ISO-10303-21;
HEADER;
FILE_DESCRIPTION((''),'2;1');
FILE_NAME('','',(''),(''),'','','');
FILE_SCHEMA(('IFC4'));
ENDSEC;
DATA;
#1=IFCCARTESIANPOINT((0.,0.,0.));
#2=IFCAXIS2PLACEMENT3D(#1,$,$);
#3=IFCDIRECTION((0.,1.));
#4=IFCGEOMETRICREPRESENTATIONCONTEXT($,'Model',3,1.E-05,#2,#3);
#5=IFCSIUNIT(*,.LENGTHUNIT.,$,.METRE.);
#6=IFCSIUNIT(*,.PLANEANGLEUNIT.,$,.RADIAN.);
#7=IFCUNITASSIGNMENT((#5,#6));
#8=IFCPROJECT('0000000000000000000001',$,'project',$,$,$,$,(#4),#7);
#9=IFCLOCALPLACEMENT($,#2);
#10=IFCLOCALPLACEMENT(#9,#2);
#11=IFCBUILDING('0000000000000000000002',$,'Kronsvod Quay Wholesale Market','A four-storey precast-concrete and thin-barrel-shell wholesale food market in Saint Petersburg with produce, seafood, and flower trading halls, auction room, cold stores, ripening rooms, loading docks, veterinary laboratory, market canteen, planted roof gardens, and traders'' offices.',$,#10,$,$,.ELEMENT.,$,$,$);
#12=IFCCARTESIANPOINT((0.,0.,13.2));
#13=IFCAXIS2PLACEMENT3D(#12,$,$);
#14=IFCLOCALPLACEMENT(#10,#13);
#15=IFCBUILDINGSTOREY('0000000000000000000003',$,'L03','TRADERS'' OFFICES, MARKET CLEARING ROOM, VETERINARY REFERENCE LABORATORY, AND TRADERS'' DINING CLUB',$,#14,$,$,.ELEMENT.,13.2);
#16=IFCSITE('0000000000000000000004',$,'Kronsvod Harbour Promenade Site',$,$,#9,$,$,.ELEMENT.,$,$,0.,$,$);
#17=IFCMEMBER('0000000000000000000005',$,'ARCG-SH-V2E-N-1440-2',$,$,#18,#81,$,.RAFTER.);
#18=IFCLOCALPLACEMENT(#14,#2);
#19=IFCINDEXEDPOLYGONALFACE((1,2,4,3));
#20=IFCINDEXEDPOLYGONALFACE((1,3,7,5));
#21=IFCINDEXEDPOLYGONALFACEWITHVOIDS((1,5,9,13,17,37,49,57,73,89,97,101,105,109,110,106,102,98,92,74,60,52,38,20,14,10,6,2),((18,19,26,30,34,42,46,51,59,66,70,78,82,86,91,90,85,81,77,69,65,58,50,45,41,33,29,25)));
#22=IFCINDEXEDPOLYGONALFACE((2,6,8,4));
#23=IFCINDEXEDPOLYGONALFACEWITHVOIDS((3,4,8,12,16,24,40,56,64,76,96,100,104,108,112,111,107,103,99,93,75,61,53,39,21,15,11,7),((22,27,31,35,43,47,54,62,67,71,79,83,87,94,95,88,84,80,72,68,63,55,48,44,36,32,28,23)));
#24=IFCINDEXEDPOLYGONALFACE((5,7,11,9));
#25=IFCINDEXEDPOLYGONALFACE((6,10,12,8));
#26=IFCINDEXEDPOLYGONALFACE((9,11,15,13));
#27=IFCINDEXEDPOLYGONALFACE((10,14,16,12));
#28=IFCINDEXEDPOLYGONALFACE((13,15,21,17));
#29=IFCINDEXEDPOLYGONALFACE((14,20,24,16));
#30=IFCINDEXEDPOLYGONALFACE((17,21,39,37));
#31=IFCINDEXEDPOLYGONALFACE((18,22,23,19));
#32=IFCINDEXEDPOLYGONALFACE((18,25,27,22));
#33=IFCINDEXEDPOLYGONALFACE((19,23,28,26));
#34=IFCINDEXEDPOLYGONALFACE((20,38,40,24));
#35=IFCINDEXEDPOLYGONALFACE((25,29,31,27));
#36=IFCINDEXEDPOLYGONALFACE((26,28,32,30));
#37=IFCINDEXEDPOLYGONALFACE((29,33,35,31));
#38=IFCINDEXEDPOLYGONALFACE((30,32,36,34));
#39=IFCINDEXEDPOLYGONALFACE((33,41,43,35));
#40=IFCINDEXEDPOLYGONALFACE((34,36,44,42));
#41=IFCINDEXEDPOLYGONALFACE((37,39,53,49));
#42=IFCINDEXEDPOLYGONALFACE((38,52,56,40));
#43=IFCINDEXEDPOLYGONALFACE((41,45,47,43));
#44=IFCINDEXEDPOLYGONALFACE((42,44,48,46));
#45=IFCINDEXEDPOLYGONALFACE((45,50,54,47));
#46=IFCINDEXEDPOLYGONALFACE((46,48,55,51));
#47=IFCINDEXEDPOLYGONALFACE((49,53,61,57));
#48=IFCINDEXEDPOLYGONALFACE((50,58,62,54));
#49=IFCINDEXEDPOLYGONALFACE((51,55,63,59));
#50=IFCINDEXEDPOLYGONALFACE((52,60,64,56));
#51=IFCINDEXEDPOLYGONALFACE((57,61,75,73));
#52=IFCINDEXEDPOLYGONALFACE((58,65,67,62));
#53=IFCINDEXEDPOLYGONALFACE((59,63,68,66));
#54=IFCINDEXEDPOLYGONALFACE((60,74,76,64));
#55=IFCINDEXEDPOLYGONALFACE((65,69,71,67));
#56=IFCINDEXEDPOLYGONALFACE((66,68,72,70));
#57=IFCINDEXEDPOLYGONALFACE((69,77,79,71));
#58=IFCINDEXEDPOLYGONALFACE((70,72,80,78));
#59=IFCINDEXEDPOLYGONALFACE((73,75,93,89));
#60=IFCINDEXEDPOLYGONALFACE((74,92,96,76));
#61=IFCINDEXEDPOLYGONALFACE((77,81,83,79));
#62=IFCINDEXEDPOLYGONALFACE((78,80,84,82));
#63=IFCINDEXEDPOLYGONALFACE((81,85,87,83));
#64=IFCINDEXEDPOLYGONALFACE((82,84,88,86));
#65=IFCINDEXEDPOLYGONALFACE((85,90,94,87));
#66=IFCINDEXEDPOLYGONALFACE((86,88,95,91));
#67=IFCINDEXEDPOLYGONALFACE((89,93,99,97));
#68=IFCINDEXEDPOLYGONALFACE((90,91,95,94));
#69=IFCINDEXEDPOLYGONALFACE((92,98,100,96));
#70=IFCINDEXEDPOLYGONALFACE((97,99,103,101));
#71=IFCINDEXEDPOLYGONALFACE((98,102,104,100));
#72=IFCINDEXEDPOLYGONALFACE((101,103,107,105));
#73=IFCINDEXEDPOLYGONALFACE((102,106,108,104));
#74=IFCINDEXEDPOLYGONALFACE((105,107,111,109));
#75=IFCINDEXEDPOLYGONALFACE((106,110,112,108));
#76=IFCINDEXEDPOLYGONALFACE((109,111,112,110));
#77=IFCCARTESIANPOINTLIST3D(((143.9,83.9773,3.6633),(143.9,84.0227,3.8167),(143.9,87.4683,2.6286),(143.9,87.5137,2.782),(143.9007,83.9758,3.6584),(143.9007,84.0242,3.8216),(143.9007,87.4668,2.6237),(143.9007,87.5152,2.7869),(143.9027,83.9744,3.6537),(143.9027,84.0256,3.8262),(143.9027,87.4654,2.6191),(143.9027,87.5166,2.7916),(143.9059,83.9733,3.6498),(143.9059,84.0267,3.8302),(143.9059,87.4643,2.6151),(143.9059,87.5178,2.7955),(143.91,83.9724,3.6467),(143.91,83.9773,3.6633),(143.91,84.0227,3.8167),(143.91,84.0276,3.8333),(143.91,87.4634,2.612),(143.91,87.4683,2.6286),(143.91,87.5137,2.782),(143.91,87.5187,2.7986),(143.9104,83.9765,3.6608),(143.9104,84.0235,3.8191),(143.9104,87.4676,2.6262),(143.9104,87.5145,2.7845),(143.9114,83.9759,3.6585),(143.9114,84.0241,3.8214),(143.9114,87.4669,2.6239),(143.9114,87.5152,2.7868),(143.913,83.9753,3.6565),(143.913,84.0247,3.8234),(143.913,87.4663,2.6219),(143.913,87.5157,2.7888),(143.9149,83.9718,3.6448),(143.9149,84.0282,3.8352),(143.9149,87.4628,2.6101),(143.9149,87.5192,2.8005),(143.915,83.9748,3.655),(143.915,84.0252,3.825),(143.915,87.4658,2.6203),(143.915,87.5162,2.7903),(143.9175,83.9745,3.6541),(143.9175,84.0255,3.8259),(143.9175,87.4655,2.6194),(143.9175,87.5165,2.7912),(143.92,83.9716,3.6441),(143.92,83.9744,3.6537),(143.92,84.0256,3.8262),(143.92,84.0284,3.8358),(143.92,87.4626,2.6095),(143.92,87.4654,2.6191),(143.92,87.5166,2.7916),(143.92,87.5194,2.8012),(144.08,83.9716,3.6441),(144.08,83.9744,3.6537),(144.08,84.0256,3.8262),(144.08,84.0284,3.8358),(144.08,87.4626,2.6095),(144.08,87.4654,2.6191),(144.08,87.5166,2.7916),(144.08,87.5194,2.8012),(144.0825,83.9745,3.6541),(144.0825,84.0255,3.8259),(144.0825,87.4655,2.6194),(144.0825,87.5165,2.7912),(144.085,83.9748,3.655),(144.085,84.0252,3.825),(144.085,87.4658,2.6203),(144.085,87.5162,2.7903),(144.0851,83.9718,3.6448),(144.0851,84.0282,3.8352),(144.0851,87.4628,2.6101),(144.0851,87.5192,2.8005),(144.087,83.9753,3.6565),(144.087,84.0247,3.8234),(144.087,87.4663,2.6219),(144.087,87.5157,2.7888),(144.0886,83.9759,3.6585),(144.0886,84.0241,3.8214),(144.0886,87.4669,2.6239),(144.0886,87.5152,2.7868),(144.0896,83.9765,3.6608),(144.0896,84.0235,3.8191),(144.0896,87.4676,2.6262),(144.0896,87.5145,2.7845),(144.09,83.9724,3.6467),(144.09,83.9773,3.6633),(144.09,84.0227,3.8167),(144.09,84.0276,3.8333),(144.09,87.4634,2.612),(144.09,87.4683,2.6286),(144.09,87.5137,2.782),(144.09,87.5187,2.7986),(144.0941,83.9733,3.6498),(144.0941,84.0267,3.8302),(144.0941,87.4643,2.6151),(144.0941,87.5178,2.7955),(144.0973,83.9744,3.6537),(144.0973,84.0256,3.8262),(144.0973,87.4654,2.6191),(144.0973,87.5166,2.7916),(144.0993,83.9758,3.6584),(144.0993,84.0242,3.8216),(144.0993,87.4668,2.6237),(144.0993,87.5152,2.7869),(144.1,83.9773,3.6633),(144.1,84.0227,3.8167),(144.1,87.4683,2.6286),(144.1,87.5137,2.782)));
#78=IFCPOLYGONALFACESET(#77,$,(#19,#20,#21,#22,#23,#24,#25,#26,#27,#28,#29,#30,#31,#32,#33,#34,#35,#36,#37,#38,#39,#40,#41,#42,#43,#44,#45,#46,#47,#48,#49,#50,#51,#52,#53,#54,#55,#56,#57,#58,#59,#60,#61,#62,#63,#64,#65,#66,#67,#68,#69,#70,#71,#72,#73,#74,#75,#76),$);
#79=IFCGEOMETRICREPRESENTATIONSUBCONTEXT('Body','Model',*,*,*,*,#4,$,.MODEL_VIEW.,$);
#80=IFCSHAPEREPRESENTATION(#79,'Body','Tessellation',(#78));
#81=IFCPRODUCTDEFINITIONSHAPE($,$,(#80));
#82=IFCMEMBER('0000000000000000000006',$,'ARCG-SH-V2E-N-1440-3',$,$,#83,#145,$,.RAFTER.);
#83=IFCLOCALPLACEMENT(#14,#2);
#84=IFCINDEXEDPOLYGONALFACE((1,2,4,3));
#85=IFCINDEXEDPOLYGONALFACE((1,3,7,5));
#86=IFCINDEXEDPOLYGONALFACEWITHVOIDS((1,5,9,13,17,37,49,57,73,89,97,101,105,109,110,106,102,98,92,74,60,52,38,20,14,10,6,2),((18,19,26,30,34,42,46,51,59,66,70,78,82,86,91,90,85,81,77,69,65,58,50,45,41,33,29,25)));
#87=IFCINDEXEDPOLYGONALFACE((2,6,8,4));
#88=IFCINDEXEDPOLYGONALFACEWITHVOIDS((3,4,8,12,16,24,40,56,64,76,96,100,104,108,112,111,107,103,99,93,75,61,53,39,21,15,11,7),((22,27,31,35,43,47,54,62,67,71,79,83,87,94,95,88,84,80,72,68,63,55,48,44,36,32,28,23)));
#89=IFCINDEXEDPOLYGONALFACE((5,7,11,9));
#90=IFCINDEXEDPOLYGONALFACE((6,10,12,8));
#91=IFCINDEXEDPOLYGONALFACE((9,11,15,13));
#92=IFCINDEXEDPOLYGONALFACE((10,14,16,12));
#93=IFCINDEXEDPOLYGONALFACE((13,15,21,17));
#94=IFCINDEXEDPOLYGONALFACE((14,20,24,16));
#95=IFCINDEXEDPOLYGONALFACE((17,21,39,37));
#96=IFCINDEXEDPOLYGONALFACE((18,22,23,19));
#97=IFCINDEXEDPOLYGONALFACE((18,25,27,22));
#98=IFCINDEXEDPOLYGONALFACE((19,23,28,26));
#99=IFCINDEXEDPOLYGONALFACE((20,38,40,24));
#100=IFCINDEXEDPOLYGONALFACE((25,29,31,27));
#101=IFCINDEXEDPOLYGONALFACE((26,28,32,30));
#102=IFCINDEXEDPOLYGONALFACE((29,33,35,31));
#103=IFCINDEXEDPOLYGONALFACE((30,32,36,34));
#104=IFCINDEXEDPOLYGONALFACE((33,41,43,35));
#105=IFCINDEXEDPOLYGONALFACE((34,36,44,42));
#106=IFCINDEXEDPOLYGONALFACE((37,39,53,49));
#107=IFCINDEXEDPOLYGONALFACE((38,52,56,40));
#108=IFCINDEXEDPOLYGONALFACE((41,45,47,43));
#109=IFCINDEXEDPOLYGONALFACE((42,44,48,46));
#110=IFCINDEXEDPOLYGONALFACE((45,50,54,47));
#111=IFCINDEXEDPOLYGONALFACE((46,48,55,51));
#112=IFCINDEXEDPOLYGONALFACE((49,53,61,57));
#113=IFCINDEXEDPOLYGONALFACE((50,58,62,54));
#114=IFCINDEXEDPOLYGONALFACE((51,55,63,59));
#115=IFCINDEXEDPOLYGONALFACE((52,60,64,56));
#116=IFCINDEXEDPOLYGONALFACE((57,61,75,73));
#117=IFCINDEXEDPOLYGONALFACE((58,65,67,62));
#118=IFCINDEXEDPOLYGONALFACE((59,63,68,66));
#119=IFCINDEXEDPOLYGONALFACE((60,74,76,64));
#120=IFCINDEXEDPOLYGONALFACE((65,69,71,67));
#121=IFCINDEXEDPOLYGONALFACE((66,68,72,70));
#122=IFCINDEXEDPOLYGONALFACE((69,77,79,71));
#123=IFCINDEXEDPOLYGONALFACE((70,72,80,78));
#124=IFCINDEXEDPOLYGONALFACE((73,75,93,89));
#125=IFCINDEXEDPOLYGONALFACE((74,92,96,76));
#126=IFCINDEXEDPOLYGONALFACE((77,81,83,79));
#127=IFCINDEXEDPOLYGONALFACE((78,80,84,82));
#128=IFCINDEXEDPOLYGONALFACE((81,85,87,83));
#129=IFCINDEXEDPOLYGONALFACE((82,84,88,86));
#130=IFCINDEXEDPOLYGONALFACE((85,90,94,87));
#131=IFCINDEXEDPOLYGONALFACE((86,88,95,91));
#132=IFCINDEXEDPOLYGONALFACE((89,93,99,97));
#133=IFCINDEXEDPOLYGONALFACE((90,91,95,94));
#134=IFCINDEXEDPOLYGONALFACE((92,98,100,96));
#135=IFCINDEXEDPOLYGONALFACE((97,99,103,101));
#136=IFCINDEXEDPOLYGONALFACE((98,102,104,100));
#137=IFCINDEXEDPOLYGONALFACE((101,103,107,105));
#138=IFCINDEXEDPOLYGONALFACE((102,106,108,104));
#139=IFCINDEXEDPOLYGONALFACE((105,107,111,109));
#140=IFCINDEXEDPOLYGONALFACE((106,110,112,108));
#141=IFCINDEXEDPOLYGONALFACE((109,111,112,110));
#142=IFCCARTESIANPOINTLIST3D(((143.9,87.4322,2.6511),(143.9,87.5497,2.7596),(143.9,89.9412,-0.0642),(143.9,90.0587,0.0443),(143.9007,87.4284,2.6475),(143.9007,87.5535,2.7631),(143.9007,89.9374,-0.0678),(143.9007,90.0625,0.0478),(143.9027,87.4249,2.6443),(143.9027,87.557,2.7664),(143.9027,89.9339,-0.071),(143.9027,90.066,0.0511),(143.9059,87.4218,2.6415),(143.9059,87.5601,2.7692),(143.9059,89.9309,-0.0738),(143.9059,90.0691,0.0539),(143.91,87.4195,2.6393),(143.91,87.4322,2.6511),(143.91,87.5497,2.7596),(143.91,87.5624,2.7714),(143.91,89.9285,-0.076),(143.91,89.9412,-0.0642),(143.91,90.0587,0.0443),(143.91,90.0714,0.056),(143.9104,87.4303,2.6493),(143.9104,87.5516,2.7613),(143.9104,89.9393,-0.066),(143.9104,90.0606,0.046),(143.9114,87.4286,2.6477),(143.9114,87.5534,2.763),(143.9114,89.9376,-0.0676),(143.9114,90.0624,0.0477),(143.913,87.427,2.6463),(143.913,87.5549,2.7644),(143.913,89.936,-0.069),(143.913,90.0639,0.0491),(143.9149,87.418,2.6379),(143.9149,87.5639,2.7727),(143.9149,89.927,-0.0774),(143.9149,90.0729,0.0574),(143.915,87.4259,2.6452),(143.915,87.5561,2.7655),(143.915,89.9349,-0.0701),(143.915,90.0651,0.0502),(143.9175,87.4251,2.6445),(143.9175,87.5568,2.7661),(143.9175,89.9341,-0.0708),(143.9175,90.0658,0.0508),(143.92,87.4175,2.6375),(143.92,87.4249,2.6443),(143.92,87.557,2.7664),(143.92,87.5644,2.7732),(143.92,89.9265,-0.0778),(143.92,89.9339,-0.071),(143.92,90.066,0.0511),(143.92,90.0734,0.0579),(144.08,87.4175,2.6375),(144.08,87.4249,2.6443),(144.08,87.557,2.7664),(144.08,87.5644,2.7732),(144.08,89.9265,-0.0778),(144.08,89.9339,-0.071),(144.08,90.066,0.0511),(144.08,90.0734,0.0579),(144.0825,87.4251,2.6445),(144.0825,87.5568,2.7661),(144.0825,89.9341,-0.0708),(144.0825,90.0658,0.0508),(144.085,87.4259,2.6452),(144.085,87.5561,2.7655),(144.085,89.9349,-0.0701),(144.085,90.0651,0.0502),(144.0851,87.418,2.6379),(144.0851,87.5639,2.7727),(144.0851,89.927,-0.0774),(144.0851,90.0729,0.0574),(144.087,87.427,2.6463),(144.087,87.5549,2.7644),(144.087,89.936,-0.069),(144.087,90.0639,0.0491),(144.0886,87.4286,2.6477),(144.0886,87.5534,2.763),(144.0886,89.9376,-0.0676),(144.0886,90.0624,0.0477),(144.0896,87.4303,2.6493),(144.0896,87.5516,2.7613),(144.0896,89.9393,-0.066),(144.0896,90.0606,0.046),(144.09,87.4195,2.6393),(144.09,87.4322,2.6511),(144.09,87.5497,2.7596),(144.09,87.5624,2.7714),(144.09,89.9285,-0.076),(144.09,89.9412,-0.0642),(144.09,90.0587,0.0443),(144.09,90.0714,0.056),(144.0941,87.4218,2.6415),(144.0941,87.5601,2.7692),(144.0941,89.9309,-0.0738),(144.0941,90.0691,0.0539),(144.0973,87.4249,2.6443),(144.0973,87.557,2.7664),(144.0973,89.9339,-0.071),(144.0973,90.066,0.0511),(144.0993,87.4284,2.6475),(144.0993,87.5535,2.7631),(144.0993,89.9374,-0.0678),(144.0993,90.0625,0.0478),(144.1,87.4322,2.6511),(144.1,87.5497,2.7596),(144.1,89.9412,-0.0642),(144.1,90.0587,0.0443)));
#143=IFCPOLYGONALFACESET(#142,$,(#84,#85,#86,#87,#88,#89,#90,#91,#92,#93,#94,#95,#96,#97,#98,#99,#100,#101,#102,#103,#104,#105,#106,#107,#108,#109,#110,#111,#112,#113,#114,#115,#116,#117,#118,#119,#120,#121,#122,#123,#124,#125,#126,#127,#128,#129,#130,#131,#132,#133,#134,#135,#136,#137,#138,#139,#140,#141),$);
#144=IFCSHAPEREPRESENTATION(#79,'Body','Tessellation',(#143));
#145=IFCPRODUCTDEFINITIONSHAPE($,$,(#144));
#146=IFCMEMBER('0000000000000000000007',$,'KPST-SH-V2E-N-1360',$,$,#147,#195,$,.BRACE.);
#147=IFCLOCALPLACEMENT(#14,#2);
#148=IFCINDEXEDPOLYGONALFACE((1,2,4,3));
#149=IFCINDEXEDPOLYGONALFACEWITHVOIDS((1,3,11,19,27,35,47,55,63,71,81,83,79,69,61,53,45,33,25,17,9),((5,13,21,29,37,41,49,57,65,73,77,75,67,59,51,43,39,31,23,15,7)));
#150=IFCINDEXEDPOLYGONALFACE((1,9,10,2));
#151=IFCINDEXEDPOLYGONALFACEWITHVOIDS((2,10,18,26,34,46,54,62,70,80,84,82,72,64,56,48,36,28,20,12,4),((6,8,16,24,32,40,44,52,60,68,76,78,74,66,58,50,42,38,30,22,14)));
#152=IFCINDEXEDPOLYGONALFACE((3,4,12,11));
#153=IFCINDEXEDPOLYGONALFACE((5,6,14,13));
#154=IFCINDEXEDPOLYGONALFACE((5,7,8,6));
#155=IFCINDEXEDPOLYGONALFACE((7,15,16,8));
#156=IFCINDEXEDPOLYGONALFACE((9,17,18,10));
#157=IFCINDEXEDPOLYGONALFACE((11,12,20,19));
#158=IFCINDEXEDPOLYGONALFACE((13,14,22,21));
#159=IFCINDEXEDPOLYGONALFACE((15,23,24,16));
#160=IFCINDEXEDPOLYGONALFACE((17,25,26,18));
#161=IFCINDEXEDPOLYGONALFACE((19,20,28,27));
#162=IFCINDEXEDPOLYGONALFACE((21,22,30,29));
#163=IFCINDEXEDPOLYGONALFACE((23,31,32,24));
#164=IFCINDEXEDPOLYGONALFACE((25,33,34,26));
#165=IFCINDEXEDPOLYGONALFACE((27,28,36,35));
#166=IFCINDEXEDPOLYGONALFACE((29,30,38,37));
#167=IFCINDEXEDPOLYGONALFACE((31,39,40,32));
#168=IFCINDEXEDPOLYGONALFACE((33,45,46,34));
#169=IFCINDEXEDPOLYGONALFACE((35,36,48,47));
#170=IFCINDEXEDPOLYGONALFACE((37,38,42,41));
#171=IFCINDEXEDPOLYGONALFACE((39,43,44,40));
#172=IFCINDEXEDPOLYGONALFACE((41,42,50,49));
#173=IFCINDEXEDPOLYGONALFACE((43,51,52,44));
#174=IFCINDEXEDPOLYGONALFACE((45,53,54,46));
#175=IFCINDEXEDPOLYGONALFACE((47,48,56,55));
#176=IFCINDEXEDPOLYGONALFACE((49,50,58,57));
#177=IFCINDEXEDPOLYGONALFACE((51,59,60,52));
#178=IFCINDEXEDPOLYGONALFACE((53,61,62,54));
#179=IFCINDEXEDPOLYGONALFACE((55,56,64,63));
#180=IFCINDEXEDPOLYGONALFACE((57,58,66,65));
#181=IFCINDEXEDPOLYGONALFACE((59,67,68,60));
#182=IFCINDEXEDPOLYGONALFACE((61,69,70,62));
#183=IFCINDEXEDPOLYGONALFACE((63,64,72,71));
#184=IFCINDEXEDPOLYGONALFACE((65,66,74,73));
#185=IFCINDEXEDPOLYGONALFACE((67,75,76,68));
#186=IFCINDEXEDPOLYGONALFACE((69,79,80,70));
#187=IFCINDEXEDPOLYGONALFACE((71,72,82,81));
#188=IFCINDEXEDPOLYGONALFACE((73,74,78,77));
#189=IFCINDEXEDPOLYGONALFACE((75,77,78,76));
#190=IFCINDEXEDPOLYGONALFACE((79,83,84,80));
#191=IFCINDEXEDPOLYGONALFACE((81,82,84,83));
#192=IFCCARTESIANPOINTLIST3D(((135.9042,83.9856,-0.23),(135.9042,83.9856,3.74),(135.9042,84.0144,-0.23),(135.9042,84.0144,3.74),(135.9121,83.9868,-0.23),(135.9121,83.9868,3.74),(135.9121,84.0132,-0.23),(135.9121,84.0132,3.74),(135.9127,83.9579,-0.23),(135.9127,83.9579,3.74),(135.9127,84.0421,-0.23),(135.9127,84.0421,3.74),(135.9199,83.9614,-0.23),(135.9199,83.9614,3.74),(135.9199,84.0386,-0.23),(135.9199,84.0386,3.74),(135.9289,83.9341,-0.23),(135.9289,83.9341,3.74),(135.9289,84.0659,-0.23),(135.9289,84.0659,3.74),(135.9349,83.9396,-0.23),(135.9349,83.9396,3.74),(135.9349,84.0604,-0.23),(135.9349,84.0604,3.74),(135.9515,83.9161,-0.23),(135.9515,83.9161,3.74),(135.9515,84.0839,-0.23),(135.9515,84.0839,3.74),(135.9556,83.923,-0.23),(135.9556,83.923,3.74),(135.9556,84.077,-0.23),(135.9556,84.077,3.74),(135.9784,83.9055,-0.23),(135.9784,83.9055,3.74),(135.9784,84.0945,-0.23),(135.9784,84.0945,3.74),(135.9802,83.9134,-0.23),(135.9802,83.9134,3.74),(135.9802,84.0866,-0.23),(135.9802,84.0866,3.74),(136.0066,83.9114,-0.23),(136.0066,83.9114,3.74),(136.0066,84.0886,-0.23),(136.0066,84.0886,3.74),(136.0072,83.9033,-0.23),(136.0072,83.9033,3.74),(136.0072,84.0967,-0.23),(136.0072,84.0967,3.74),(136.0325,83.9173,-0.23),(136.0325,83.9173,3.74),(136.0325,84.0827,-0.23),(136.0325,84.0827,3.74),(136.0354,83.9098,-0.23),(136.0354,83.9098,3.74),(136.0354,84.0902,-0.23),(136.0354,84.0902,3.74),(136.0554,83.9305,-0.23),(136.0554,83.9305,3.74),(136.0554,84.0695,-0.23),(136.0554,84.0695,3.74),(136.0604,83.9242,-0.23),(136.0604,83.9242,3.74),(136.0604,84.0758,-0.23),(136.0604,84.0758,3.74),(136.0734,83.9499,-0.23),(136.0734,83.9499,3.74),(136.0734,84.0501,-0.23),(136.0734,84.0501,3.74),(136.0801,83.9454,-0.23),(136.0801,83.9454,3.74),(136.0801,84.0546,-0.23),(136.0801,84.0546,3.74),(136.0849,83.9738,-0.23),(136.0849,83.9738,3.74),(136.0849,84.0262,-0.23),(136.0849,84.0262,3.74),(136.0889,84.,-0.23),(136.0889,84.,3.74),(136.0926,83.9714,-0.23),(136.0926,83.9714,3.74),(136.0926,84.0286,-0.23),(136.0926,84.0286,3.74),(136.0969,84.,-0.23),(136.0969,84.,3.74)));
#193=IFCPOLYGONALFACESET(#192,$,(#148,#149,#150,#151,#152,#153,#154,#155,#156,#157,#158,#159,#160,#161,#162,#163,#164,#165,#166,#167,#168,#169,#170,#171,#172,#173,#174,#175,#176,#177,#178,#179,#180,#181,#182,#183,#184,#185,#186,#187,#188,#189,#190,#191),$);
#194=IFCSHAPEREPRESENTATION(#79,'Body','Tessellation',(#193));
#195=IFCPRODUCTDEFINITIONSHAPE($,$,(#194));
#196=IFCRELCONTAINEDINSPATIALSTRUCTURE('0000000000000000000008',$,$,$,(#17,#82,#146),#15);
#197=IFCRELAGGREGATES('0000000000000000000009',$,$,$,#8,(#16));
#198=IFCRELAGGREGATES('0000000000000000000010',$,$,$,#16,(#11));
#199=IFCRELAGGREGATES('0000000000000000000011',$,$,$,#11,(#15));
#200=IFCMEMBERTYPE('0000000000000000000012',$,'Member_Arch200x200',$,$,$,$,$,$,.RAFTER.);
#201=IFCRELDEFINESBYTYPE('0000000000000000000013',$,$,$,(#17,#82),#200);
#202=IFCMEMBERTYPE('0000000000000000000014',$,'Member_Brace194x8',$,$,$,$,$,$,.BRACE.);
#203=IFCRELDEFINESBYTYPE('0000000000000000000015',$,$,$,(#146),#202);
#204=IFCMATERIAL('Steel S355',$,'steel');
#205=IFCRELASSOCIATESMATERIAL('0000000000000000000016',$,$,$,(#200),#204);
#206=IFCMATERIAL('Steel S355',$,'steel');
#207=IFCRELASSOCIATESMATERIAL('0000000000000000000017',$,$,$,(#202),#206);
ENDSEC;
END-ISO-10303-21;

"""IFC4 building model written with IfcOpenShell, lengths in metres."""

from ifc_helpers import new_model, si_unit, direction, frame, origin, origin_2d, place, context, subcontext, project, spatial, hollow_rectangle, hollow_circle, extrude, material, material_profile, profile_set, type_object, element, save


model = new_model("IFC4")

# Units and contexts
model_context = context("Model", 3, precision=1e-05, world=origin(), true_north=direction((0.0, 1.0)))
body_context = subcontext(model_context, "Body", "Model", "MODEL_VIEW")
ifc_project = project(units=[si_unit("LENGTHUNIT", "METRE"), si_unit("PLANEANGLEUNIT", "RADIAN")], contexts=[model_context])

# Site, building, storey
site_placement = place(None, origin())
site = spatial("IfcSite", under=ifc_project, at=site_placement, Name="Kronsvod Harbour Promenade Site", CompositionType="ELEMENT", RefElevation=0.0)
building_placement = place(site_placement, origin())
building = spatial("IfcBuilding", under=site, at=building_placement, Name="Kronsvod Quay Wholesale Market", Description="A four-storey precast-concrete and thin-barrel-shell wholesale food market in Saint Petersburg with produce, seafood, and flower trading halls, auction room, cold stores, ripening rooms, loading docks, veterinary laboratory, market canteen, planted roof gardens, and traders' offices.", CompositionType="ELEMENT")
storey_placement = place(building_placement, frame((0.0, 0.0, 13.2)))
storey = spatial("IfcBuildingStorey", under=building, at=storey_placement, Name="L03", Description="TRADERS' OFFICES, MARKET CLEARING ROOM, VETERINARY REFERENCE LABORATORY, AND TRADERS' DINING CLUB", CompositionType="ELEMENT", Elevation=13.2)

# Members
ifc_material_1 = material(Name="Steel S355", Category="steel")
ifc_material_profile_1 = material_profile(ifc_material_1, hollow_rectangle(XDim=0.2, YDim=0.2, WallThickness=0.01, InnerFilletRadius=0.01, OuterFilletRadius=0.02, at=origin_2d()), Name="RHS200x200x10")
ifc_profile_set_1 = profile_set([ifc_material_profile_1], Name="Steel S355")
member_type_1 = type_object("IfcMemberType", Name="Member_Arch200x200", PredefinedType="RAFTER", material=ifc_profile_set_1)
member_1_placement = place(storey_placement, frame((144.0, 84.0, 3.74), z_axis=(0.0, 0.958775, -0.284166), x_axis=(-1.0, 0.0, 0.0)))
element("IfcMember", 1, at=member_1_placement, inside=storey, type_object=member_type_1, Name="ARCG-SH-V2E-N-1440-2", PredefinedType="RAFTER", context=body_context, shape_type="SweptSolid", body=[
    extrude(hollow_rectangle(XDim=0.2, YDim=0.2, WallThickness=0.01, InnerFilletRadius=0.01, OuterFilletRadius=0.02, at=origin_2d()), origin(), (0.0, 0.0, 1.0), 3.6411),
])
member_2_placement = place(storey_placement, frame((144.0, 87.491, 2.7053), z_axis=(0.0, 0.678656, -0.734456), x_axis=(-1.0, 0.0, 0.0)))
element("IfcMember", 2, at=member_2_placement, inside=storey, type_object=member_type_1, Name="ARCG-SH-V2E-N-1440-3", PredefinedType="RAFTER", context=body_context, shape_type="SweptSolid", body=[
    extrude(hollow_rectangle(XDim=0.2, YDim=0.2, WallThickness=0.01, InnerFilletRadius=0.01, OuterFilletRadius=0.02, at=origin_2d()), origin(), (0.0, 0.0, 1.0), 3.697),
])
ifc_material_2 = material(Name="Steel S355", Category="steel")
ifc_material_profile_2 = material_profile(ifc_material_2, hollow_circle(Radius=0.0969, WallThickness=0.0081, at=origin_2d()), Name="CHS194x8")
ifc_profile_set_2 = profile_set([ifc_material_profile_2], Name="Steel S355")
member_type_2 = type_object("IfcMemberType", Name="Member_Brace194x8", PredefinedType="BRACE", material=ifc_profile_set_2)
for number, where, z_axis, x_axis, name in (
    (3, (136.0, 84.0, -0.23), (0.0, 0.0, 1.0), (1.0, 0.0, 0.0), "KPST-SH-V2E-N-1360"),
):
    element("IfcMember", number, at=place(storey_placement, frame(where, z_axis=z_axis, x_axis=x_axis)), inside=storey, type_object=member_type_2, Name=name, PredefinedType="BRACE", context=body_context, shape_type="SweptSolid", body=[
        extrude(hollow_circle(Radius=0.0969, WallThickness=0.0081, at=origin_2d()), origin(), (0.0, 0.0, 1.0), 3.97),
    ])

save(model, "model.ifc")
